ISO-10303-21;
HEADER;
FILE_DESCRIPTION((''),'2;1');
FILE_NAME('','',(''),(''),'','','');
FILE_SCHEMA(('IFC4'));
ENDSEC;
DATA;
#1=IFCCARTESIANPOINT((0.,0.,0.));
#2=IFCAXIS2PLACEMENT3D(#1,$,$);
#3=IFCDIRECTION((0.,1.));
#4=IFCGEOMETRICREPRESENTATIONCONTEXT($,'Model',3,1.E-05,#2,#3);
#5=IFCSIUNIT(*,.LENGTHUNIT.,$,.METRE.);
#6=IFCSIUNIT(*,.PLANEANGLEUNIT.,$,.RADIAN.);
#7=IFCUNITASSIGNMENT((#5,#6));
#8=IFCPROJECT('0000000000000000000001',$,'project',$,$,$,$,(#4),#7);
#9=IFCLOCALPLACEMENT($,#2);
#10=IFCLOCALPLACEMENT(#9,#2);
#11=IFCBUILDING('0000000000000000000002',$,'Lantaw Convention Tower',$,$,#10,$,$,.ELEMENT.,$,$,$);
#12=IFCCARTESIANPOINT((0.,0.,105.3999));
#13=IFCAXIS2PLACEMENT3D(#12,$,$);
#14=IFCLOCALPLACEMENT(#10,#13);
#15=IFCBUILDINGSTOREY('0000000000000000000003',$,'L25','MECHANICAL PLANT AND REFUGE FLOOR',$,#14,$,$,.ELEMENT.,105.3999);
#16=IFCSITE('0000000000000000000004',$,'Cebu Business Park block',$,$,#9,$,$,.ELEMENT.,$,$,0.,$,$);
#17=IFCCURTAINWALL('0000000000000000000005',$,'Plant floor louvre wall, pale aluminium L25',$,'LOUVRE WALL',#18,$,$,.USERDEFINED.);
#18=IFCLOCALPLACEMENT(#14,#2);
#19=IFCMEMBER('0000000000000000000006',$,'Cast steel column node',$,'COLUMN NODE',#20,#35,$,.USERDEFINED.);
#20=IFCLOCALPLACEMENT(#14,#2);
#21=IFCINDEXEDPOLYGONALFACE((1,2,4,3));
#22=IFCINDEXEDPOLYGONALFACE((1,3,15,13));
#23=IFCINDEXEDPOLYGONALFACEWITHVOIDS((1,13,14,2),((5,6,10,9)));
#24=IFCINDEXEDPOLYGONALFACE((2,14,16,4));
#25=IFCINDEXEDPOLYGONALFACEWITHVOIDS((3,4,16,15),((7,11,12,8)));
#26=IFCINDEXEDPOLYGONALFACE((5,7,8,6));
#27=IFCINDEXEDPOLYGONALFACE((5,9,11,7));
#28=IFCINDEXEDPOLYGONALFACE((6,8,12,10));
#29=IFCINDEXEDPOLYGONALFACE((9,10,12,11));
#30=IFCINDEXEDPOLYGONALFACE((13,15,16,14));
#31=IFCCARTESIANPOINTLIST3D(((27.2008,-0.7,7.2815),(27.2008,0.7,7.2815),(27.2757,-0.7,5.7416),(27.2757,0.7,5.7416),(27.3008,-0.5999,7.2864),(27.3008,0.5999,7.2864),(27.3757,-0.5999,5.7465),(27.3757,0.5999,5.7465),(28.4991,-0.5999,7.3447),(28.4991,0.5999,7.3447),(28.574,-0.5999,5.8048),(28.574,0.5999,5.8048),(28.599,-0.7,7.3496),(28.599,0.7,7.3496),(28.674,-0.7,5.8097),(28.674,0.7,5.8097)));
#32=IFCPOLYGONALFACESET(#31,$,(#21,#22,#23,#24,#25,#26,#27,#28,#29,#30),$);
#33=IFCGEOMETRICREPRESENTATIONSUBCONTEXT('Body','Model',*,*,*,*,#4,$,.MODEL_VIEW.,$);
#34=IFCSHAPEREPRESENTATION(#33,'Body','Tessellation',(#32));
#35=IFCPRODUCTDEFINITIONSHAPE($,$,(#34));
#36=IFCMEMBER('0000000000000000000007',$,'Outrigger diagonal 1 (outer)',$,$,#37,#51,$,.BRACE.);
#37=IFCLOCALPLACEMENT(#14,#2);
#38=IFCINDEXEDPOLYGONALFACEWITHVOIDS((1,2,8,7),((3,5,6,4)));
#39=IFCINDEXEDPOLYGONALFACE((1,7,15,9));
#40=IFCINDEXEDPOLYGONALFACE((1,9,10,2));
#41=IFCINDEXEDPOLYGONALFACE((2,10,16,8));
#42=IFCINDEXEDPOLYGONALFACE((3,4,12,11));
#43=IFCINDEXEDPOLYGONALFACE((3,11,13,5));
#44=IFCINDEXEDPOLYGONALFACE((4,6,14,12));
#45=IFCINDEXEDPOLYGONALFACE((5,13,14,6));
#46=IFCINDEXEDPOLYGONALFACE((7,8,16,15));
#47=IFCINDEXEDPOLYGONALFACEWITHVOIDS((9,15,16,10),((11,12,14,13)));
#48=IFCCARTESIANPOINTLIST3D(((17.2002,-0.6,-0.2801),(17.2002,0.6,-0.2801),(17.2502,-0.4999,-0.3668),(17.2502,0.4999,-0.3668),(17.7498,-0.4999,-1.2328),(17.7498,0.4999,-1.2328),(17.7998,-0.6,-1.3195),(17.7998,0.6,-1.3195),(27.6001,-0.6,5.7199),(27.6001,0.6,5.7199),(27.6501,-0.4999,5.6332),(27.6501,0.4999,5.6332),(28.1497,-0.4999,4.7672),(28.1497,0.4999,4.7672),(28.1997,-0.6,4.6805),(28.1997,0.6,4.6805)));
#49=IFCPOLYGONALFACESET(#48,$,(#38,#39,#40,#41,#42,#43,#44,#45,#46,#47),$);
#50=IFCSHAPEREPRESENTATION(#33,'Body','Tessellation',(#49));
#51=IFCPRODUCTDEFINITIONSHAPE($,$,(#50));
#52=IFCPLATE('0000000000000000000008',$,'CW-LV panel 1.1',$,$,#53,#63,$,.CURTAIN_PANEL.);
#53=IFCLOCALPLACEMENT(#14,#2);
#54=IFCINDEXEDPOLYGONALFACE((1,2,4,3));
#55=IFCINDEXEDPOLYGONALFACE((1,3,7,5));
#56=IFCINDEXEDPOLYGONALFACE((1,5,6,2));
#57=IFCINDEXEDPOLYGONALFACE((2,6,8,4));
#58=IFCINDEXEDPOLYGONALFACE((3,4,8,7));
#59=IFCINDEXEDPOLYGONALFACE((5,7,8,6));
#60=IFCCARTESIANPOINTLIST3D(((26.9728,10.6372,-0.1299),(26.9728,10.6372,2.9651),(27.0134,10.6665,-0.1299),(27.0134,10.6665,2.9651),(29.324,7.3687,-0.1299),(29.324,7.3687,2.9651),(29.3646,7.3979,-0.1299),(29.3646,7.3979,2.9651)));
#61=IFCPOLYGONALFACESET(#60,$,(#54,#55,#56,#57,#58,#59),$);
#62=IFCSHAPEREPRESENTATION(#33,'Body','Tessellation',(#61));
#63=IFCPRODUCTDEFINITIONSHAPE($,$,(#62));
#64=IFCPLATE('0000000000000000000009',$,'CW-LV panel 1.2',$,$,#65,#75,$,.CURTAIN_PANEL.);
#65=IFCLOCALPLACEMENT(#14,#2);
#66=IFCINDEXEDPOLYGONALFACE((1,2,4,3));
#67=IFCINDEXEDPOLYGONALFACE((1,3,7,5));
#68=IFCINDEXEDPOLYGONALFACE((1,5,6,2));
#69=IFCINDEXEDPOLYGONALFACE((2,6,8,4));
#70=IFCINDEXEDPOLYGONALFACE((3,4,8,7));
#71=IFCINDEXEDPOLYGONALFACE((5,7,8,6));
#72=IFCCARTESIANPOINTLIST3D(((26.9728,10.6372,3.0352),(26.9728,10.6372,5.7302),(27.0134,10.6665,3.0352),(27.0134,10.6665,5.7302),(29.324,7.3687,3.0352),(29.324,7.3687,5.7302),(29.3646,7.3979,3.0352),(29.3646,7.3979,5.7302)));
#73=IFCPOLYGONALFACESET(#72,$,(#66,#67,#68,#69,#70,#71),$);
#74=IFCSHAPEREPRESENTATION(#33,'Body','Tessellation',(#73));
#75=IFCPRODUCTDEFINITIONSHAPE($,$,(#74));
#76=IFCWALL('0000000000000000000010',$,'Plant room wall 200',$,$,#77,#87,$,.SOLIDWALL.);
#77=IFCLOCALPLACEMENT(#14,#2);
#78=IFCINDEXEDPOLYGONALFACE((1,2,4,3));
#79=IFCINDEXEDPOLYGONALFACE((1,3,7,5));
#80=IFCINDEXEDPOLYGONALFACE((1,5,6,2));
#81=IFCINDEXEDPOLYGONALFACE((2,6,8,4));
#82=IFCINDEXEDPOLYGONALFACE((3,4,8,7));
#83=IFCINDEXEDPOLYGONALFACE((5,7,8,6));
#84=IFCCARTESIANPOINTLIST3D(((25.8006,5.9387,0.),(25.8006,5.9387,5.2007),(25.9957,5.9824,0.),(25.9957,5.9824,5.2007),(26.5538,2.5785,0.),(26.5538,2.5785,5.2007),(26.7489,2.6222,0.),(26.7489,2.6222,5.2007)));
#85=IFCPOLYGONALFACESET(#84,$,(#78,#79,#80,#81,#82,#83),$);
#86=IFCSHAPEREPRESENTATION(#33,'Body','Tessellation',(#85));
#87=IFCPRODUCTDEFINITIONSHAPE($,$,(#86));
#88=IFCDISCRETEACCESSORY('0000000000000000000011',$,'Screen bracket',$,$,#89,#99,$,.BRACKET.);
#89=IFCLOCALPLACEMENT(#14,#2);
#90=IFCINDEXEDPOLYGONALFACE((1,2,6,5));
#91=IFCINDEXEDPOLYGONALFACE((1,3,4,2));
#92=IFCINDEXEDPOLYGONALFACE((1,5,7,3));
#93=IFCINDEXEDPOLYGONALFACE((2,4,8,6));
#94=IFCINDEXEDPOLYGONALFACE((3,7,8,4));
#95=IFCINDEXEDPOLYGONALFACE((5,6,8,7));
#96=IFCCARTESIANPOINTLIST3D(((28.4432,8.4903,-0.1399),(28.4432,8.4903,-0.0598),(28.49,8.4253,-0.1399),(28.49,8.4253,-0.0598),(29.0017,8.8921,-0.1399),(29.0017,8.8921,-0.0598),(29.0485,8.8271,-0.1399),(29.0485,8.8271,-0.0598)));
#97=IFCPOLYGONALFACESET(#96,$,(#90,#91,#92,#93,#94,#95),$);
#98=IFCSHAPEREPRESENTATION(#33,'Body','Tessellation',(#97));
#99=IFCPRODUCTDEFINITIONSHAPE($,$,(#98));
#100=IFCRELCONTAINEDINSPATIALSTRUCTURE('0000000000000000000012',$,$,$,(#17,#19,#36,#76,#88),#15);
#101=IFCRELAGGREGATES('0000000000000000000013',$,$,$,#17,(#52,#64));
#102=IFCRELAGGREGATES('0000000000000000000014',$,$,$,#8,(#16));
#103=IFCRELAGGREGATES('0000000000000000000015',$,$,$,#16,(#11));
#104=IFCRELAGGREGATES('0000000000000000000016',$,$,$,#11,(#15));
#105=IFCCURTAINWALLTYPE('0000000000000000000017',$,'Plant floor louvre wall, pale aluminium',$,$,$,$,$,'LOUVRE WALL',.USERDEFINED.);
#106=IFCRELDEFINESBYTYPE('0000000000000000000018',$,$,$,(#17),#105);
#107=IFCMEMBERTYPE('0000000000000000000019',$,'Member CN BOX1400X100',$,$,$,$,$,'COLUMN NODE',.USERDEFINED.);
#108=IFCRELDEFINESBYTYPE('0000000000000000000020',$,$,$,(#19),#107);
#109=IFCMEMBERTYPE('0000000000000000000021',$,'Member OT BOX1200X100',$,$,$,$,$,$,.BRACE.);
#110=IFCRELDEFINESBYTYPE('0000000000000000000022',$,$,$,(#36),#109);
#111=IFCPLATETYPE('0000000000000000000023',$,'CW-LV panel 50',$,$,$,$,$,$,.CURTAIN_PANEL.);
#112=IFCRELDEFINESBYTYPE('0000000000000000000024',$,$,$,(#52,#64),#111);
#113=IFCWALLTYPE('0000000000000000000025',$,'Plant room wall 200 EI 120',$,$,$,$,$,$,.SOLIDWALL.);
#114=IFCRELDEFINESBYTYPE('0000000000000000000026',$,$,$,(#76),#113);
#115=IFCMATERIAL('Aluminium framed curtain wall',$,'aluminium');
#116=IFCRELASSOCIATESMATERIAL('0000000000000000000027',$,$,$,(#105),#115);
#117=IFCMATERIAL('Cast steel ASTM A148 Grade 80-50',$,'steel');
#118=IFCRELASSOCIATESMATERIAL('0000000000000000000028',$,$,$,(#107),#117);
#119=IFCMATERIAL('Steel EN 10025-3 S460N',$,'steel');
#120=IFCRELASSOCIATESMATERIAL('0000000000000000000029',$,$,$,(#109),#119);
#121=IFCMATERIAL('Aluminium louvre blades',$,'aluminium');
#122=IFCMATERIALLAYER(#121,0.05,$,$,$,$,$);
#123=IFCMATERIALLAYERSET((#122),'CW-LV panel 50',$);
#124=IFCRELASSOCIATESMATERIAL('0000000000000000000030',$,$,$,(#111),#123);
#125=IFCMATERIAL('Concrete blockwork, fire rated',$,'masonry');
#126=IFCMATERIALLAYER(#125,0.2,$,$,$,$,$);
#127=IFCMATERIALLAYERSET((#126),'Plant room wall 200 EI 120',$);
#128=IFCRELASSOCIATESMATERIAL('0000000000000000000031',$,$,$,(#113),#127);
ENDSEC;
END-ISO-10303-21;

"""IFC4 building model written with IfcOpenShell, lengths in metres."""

from ifc_helpers import new_model, si_unit, direction, frame, frame_2d, origin, origin_2d, place, context, subcontext, project, spatial, rectangle, hollow_rectangle, extrude, material, layer, layer_set, material_profile, profile_set, type_object, element, aggregate, save


model = new_model("IFC4")

# Units and contexts
model_context = context("Model", 3, precision=1e-05, world=origin(), true_north=direction((0.0, 1.0)))
body_context = subcontext(model_context, "Body", "Model", "MODEL_VIEW")
ifc_project = project(units=[si_unit("LENGTHUNIT", "METRE"), si_unit("PLANEANGLEUNIT", "RADIAN")], contexts=[model_context])

# Site, building, storey
site_placement = place(None, origin())
site = spatial("IfcSite", under=ifc_project, at=site_placement, Name="Cebu Business Park block", CompositionType="ELEMENT", RefElevation=0.0)
building_placement = place(site_placement, origin())
building = spatial("IfcBuilding", under=site, at=building_placement, Name="Lantaw Convention Tower", CompositionType="ELEMENT")
storey_placement = place(building_placement, frame((0.0, 0.0, 105.3999)))
storey = spatial("IfcBuildingStorey", under=building, at=storey_placement, Name="L25", Description="MECHANICAL PLANT AND REFUGE FLOOR", CompositionType="ELEMENT", Elevation=105.3999)

# Shared definitions
ifc_material_1 = material(Name="Steel EN 10025-3 S460N", Category="steel")

# Curtain wall
ifc_material_2 = material(Name="Aluminium framed curtain wall", Category="aluminium")
curtain_wall_type = type_object("IfcCurtainWallType", Name="Plant floor louvre wall, pale aluminium", ElementType="LOUVRE WALL", PredefinedType="USERDEFINED", material=ifc_material_2)
curtain_wall_placement = place(storey_placement, origin())
curtain_wall = element("IfcCurtainWall", 1, at=curtain_wall_placement, inside=storey, type_object=curtain_wall_type, Name="Plant floor louvre wall, pale aluminium L25", ObjectType="LOUVRE WALL", PredefinedType="USERDEFINED")

# Members
ifc_material_3 = material(Name="Cast steel ASTM A148 Grade 80-50", Category="steel")
ifc_material_profile_1 = material_profile(ifc_material_3, hollow_rectangle(XDim=1.3999, YDim=1.3999, WallThickness=0.1001, at=origin_2d()), Name="BOX1400X100")
ifc_profile_set_1 = profile_set([ifc_material_profile_1], Name="Cast steel ASTM A148 Grade 80-50")
member_type_1 = type_object("IfcMemberType", Name="Member CN BOX1400X100", ElementType="COLUMN NODE", PredefinedType="USERDEFINED", material=ifc_profile_set_1)
member_1_placement = place(storey_placement, frame((27.9749, 0.0, 5.7756), z_axis=(-0.048611, 0.0, 0.998818), x_axis=(0.998818, 0.0, 0.048611)))
element("IfcMember", 2, at=member_1_placement, inside=storey, type_object=member_type_1, Name="Cast steel column node", ObjectType="COLUMN NODE", PredefinedType="USERDEFINED", context=body_context, shape_type="SweptSolid", body=[
    extrude(hollow_rectangle(XDim=1.3999, YDim=1.3999, WallThickness=0.1001, at=origin_2d()), origin(), (0.0, 0.0, 1.0), 1.5417),
])
ifc_material_profile_2 = material_profile(ifc_material_1, hollow_rectangle(XDim=1.2, YDim=1.2, WallThickness=0.1001, at=origin_2d()), Name="BOX1200X100")
ifc_profile_set_2 = profile_set([ifc_material_profile_2], Name="Steel EN 10025-3 S460N")
member_type_2 = type_object("IfcMemberType", Name="Member OT BOX1200X100", PredefinedType="BRACE", material=ifc_profile_set_2)
member_2_placement = place(storey_placement, frame((17.5, 0.0, -0.7998), z_axis=(0.866184, 0.0, 0.499726), x_axis=(0.0, 1.0, 0.0)))
element("IfcMember", 3, at=member_2_placement, inside=storey, type_object=member_type_2, Name="Outrigger diagonal 1 (outer)", PredefinedType="BRACE", context=body_context, shape_type="SweptSolid", body=[
    extrude(hollow_rectangle(XDim=1.2, YDim=1.2, WallThickness=0.1001, at=origin_2d()), origin(), (0.0, 0.0, 1.0), 12.0066),
])

# Plates
ifc_material_4 = material(Name="Aluminium louvre blades", Category="aluminium")
ifc_layer_1 = layer(ifc_material_4, 0.05)
ifc_layer_set_1 = layer_set([ifc_layer_1], Name="CW-LV panel 50")
plate_type = type_object("IfcPlateType", Name="CW-LV panel 50", PredefinedType="CURTAIN_PANEL", material=ifc_layer_set_1)
plate_1_placement = place(storey_placement, frame((28.1687, 9.0176, -0.1299), z_axis=(0.0, 0.0, 1.0), x_axis=(-0.583951, 0.811789, 0.0)))
plate_1 = element("IfcPlate", 4, at=plate_1_placement, type_object=plate_type, Name="CW-LV panel 1.1", PredefinedType="CURTAIN_PANEL", context=body_context, shape_type="SweptSolid", body=[
    extrude(rectangle(XDim=4.0264, YDim=0.05, at=origin_2d()), origin(), (0.0, 0.0, 1.0), 3.095),
])
plate_2_placement = place(storey_placement, frame((28.1687, 9.0176, 3.0352), z_axis=(0.0, 0.0, 1.0), x_axis=(-0.583951, 0.811789, 0.0)))
plate_2 = element("IfcPlate", 5, at=plate_2_placement, type_object=plate_type, Name="CW-LV panel 1.2", PredefinedType="CURTAIN_PANEL", context=body_context, shape_type="SweptSolid", body=[
    extrude(rectangle(XDim=4.0264, YDim=0.05, at=origin_2d()), origin(), (0.0, 0.0, 1.0), 2.6951),
])
aggregate(curtain_wall, [plate_1, plate_2])

# Wall
ifc_material_5 = material(Name="Concrete blockwork, fire rated", Category="masonry")
ifc_layer_2 = layer(ifc_material_5, 0.2)
ifc_layer_set_2 = layer_set([ifc_layer_2], Name="Plant room wall 200 EI 120")
wall_type = type_object("IfcWallType", Name="Plant room wall 200 EI 120", PredefinedType="SOLIDWALL", material=ifc_layer_set_2)
wall_placement = place(storey_placement, frame((25.8982, 5.9604, 0.0), z_axis=(0.0, 0.0, 1.0), x_axis=(0.218709, -0.97579, 0.0)))
element("IfcWall", 6, at=wall_placement, inside=storey, type_object=wall_type, Name="Plant room wall 200", PredefinedType="SOLIDWALL", context=body_context, shape_type="SweptSolid", body=[
    extrude(rectangle(XDim=3.4436, YDim=0.2, at=frame_2d((1.7217, 0.0))), origin(), (0.0, 0.0, 1.0), 5.2007),
])

# Discrete accessory
discrete_accessory_placement = place(storey_placement, frame((28.7458, 8.6587, -0.1399), z_axis=(0.0, 0.0, 1.0), x_axis=(-0.583951, 0.811789, 0.0)))
element("IfcDiscreteAccessory", 7, at=discrete_accessory_placement, inside=storey, Name="Screen bracket", PredefinedType="BRACKET", context=body_context, shape_type="SweptSolid", body=[
    extrude(rectangle(XDim=0.0801, YDim=0.688, at=origin_2d()), origin(), (0.0, 0.0, 1.0), 0.0801),
])

save(model, "model.ifc")
